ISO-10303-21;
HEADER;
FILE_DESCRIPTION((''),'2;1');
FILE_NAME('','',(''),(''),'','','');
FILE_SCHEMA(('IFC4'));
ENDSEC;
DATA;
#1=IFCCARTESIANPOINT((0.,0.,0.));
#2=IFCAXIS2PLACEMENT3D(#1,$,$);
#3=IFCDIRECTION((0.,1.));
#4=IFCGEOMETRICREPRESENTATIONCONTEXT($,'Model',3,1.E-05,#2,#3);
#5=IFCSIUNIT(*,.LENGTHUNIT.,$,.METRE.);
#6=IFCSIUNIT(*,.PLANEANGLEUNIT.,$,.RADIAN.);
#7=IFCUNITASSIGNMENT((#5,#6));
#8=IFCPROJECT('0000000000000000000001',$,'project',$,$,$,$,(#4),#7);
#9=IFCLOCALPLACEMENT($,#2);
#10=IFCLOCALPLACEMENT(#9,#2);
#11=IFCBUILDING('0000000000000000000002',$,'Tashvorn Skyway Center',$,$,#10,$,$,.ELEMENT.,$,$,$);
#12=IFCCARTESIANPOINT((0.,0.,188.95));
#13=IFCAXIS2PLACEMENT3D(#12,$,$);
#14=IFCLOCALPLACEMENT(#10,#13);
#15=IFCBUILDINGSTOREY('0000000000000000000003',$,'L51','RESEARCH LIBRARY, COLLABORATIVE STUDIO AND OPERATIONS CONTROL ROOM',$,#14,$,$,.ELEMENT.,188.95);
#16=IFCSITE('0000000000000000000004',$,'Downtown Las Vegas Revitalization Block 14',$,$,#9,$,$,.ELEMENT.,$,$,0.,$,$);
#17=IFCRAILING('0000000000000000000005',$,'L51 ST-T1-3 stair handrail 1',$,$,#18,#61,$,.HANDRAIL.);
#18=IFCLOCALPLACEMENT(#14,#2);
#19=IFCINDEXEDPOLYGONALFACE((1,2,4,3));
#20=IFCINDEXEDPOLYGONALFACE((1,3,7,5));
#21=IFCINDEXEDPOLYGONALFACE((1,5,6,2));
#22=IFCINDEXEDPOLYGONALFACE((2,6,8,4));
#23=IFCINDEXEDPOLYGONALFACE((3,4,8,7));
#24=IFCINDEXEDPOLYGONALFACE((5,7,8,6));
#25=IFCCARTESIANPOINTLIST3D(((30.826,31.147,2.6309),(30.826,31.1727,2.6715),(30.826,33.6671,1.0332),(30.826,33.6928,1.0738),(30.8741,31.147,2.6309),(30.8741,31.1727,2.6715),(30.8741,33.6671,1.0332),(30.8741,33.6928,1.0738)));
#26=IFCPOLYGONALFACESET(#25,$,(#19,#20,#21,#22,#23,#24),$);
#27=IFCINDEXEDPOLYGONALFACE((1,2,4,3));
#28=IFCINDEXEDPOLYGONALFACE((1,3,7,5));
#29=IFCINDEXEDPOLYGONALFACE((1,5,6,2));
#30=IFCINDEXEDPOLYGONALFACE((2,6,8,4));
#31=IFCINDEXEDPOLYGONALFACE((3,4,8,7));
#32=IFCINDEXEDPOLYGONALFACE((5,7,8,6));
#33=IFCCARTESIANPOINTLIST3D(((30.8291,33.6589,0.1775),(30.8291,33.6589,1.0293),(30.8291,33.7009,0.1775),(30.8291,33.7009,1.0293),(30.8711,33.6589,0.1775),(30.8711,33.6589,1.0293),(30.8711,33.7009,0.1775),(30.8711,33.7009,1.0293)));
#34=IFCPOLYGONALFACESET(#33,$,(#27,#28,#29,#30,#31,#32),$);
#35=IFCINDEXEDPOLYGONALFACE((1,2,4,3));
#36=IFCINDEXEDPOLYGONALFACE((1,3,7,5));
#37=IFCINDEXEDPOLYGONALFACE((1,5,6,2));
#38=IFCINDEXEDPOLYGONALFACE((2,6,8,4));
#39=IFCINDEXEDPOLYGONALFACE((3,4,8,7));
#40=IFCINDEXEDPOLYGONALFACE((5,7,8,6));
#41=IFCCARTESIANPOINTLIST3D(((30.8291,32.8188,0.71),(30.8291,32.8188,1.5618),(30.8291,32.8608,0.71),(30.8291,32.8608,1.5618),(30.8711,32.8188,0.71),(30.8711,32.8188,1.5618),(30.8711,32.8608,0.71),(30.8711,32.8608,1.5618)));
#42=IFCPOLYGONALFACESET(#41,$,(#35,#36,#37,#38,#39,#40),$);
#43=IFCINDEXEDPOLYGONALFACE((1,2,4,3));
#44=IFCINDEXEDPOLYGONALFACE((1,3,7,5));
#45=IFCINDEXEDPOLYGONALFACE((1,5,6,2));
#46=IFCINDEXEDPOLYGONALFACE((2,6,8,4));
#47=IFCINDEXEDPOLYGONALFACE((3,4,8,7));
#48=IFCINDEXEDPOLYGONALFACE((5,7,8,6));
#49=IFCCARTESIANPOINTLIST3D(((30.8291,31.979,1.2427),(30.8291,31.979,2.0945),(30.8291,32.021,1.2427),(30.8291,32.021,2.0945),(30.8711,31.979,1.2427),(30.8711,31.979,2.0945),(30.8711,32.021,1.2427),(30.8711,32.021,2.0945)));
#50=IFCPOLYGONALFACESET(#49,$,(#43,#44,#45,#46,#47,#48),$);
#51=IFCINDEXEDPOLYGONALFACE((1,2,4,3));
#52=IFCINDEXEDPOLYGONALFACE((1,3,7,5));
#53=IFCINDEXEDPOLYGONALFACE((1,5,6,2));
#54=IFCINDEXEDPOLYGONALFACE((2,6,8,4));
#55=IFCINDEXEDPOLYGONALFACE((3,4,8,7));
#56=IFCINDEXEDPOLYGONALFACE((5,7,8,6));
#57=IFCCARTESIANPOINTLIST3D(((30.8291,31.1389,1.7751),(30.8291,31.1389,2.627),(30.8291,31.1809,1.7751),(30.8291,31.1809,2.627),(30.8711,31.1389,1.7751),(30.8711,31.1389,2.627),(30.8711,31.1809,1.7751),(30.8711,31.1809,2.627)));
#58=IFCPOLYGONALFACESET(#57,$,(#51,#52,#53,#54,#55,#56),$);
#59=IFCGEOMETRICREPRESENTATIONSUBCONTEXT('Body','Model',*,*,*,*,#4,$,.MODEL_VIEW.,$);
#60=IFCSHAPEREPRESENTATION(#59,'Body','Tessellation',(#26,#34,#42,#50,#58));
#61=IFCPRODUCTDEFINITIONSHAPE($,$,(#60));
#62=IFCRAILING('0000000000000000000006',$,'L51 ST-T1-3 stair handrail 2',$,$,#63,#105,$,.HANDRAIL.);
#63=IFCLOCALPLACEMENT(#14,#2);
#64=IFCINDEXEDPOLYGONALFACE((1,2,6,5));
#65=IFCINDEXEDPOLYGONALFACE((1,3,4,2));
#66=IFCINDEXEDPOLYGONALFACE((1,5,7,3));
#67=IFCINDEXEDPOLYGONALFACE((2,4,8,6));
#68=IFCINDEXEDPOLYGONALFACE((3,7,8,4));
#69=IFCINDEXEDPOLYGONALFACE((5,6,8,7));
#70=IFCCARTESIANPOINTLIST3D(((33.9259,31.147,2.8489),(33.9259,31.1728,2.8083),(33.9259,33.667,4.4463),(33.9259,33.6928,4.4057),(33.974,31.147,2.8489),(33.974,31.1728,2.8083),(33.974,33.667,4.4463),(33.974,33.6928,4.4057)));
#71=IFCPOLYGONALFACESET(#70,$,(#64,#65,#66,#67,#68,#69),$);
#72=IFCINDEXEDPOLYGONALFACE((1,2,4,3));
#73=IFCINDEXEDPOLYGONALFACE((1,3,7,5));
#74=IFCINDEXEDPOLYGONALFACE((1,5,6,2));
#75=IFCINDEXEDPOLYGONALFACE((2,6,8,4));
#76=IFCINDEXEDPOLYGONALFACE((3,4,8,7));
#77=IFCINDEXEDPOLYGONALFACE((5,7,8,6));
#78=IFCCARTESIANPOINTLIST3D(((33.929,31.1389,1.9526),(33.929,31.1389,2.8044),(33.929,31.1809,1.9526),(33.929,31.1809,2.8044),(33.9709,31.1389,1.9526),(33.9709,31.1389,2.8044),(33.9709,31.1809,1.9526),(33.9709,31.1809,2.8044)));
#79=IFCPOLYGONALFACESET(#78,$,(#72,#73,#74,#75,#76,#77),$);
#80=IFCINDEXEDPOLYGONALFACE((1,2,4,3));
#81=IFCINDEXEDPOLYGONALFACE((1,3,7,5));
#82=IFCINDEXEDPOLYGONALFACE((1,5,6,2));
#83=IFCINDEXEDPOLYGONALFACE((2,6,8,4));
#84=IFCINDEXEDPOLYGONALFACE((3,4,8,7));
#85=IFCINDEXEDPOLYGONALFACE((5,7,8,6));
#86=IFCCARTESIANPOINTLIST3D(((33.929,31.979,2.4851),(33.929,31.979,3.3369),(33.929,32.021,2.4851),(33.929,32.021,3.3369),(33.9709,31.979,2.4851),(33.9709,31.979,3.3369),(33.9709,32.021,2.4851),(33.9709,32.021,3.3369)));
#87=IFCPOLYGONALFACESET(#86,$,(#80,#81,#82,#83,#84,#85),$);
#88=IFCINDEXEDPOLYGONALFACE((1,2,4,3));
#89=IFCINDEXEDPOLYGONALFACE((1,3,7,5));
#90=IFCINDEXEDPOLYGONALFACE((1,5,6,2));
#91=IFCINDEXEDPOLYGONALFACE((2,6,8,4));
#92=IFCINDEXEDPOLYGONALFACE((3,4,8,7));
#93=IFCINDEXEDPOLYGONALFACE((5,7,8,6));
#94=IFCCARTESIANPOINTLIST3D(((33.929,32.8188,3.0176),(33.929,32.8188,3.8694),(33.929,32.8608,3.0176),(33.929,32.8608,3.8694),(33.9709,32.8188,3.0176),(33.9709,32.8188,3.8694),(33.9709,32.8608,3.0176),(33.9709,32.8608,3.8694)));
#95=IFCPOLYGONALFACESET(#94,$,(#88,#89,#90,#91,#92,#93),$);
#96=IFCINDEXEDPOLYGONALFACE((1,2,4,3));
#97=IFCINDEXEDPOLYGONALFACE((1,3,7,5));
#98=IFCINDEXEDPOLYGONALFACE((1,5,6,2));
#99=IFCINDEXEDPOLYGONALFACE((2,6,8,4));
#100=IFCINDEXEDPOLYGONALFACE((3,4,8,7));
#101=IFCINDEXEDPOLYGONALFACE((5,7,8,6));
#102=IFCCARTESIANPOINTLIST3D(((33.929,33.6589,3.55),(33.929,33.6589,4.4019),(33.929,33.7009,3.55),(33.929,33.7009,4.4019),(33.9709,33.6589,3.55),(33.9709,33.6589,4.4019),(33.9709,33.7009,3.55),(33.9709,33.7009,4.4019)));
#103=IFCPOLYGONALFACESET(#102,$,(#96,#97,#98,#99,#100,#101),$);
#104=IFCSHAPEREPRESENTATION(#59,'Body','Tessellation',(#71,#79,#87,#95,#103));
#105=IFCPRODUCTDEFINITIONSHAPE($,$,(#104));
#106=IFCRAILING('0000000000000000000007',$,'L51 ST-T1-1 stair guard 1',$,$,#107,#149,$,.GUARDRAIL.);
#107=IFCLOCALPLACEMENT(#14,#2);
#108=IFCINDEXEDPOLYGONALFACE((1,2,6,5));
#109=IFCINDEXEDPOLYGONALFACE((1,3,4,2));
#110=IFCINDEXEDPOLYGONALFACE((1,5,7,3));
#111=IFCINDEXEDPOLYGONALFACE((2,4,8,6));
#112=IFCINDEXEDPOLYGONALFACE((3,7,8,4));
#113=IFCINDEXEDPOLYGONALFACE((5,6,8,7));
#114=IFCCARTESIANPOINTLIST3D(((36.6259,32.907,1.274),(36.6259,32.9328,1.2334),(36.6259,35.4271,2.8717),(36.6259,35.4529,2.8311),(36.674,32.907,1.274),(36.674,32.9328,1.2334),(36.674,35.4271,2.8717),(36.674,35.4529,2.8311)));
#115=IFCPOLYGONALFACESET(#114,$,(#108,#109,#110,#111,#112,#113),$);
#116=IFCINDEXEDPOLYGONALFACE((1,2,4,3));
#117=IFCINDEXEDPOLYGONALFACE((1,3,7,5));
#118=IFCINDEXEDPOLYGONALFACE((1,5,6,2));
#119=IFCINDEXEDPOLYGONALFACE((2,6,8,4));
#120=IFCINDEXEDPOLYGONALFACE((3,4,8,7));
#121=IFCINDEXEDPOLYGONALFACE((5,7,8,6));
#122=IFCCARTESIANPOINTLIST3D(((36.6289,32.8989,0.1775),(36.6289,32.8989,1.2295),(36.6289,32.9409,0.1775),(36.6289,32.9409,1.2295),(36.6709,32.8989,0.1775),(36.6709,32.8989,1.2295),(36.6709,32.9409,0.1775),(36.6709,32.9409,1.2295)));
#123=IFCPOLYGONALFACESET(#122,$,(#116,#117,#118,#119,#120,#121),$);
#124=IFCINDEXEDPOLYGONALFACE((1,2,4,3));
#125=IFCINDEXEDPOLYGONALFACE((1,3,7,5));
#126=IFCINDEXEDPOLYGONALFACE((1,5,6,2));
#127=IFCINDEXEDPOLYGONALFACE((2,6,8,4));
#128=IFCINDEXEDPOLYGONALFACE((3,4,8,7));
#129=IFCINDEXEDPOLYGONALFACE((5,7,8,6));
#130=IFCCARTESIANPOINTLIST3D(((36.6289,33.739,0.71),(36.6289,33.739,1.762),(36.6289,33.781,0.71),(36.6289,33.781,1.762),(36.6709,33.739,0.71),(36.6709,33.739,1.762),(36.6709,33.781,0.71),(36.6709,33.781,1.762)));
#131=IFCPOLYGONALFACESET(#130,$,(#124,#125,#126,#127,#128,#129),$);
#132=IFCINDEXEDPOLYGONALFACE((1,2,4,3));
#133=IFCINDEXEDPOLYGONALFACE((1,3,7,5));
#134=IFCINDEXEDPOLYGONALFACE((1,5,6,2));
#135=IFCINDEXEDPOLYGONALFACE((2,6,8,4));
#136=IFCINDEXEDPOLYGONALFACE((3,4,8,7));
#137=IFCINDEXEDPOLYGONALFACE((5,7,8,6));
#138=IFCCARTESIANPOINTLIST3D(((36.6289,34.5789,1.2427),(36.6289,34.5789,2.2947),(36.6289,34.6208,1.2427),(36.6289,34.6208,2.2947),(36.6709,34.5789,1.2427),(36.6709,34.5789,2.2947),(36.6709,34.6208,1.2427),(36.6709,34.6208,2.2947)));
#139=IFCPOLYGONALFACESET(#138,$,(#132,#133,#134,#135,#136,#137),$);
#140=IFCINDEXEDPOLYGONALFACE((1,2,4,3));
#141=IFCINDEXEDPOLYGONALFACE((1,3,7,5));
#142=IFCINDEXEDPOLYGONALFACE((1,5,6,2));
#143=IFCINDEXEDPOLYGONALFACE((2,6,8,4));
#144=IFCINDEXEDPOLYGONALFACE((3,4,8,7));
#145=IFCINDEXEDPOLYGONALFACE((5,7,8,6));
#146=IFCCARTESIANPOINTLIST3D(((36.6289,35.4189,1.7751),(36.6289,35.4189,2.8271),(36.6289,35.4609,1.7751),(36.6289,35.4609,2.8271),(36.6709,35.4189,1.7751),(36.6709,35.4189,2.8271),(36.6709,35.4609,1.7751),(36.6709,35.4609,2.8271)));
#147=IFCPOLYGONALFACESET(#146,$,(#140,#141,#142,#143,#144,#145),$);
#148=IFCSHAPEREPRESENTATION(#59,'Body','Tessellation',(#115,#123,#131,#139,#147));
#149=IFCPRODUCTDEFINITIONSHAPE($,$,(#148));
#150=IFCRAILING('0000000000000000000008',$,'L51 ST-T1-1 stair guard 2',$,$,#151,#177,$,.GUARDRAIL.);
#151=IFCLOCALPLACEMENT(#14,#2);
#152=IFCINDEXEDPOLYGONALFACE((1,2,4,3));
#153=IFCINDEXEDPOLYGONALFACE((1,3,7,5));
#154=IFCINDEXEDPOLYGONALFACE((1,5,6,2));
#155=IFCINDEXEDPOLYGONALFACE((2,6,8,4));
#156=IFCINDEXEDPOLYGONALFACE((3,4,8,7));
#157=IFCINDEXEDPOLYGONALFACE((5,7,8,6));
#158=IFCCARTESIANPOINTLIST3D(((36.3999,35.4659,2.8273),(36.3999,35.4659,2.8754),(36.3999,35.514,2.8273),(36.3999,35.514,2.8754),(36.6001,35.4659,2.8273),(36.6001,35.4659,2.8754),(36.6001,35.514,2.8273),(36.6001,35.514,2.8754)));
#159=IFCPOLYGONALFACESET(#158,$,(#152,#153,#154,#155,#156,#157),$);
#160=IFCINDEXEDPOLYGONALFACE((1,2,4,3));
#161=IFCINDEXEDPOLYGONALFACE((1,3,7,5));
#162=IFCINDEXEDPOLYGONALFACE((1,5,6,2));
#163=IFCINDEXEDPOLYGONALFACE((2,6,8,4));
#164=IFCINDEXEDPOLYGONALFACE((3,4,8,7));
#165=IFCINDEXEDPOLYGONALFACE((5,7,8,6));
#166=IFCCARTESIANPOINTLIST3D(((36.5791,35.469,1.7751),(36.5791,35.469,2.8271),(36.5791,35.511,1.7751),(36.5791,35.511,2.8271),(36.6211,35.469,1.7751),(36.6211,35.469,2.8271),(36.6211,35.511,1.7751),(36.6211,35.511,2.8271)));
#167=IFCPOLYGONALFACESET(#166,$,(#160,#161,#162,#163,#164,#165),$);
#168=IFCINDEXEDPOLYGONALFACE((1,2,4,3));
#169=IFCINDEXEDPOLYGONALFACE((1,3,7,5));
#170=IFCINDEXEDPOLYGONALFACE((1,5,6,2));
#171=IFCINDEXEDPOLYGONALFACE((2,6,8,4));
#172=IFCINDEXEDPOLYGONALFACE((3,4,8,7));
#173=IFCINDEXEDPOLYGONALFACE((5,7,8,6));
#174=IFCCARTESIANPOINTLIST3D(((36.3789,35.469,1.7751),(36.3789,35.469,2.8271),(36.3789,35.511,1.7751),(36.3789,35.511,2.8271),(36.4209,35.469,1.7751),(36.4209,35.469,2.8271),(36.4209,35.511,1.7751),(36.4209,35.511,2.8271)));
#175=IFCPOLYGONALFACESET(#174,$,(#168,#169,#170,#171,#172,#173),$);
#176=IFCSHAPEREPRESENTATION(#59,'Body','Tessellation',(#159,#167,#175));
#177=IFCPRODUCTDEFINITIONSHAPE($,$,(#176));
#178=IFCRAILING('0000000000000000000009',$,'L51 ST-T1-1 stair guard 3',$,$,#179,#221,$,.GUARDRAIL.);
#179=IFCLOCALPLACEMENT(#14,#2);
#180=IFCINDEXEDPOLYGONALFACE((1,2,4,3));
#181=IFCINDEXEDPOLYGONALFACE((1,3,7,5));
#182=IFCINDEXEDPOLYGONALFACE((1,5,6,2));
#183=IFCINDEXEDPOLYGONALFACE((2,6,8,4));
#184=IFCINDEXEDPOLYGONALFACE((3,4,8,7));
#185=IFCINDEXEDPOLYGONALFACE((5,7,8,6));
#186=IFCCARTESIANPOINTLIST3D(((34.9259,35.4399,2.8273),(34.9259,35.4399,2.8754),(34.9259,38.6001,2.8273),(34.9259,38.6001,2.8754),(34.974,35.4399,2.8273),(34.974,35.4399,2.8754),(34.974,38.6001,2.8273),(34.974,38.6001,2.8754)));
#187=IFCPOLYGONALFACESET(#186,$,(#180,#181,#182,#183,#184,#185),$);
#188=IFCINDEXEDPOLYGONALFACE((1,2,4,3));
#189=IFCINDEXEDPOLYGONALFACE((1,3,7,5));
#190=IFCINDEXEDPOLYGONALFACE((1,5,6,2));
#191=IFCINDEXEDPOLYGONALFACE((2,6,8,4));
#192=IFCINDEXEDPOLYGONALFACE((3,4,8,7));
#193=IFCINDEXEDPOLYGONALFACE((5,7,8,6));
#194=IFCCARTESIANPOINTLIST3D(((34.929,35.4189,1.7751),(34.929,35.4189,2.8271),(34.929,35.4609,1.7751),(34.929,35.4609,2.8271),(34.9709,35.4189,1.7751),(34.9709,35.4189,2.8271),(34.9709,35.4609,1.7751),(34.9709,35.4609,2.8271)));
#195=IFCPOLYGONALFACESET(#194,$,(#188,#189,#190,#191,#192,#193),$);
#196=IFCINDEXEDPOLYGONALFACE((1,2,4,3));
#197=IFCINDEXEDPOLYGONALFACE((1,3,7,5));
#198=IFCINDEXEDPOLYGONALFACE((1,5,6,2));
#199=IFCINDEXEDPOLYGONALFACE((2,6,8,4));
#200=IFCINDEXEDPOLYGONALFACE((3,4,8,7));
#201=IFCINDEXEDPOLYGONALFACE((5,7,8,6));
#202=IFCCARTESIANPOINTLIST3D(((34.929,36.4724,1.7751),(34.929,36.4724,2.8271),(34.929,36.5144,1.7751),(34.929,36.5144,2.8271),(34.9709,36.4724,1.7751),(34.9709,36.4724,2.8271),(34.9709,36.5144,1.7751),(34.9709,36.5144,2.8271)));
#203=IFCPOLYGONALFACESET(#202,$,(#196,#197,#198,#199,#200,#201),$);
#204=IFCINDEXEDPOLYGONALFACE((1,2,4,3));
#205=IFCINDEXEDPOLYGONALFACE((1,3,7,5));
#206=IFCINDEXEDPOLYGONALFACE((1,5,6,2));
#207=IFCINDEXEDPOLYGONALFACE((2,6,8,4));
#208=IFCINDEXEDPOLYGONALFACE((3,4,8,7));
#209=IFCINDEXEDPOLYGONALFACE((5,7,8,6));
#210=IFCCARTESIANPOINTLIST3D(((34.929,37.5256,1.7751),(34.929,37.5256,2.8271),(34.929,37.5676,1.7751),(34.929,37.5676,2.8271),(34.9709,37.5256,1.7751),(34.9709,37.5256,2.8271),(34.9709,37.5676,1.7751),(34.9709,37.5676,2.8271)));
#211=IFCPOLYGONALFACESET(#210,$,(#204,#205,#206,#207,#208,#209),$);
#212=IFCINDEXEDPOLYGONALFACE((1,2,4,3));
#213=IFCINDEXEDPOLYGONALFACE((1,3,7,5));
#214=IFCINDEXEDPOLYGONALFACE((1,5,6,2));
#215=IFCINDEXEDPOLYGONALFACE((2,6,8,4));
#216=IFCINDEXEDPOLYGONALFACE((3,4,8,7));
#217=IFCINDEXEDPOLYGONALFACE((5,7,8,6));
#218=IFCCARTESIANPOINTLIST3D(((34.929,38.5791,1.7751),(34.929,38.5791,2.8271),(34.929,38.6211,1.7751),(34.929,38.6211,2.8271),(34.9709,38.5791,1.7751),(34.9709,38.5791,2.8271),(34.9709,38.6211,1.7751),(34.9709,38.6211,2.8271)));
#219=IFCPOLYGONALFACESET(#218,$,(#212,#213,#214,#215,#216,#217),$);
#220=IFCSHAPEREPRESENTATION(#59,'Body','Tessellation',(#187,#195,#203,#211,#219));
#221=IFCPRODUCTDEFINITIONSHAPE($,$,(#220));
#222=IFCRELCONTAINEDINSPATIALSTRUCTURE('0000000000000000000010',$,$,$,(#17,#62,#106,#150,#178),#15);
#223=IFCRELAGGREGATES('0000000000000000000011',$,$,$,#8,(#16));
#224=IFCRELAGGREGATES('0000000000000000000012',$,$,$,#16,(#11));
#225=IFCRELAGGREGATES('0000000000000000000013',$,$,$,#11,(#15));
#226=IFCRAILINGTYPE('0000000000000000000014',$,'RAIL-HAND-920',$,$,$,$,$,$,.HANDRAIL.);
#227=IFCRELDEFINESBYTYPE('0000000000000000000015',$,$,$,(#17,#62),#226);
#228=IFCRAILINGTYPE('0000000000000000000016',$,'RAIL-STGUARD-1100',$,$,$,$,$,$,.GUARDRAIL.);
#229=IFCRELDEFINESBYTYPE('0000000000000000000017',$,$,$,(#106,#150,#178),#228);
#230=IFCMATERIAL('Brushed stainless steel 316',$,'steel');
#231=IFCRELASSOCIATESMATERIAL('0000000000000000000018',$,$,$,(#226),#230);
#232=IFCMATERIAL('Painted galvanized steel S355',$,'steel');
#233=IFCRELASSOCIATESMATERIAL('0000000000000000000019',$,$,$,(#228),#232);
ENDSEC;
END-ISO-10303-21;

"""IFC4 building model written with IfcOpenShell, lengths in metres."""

from ifc_helpers import new_model, si_unit, direction, frame, origin, origin_2d, place, context, subcontext, project, spatial, rectangle, extrude, material, type_object, element, save


model = new_model("IFC4")

# Units and contexts
model_context = context("Model", 3, precision=1e-05, world=origin(), true_north=direction((0.0, 1.0)))
body_context = subcontext(model_context, "Body", "Model", "MODEL_VIEW")
ifc_project = project(units=[si_unit("LENGTHUNIT", "METRE"), si_unit("PLANEANGLEUNIT", "RADIAN")], contexts=[model_context])

# Site, building, storey
site_placement = place(None, origin())
site = spatial("IfcSite", under=ifc_project, at=site_placement, Name="Downtown Las Vegas Revitalization Block 14", CompositionType="ELEMENT", RefElevation=0.0)
building_placement = place(site_placement, origin())
building = spatial("IfcBuilding", under=site, at=building_placement, Name="Tashvorn Skyway Center", CompositionType="ELEMENT")
storey_placement = place(building_placement, frame((0.0, 0.0, 188.95)))
storey = spatial("IfcBuildingStorey", under=building, at=storey_placement, Name="L51", Description="RESEARCH LIBRARY, COLLABORATIVE STUDIO AND OPERATIONS CONTROL ROOM", CompositionType="ELEMENT", Elevation=188.95)

# Railings
ifc_material_1 = material(Name="Brushed stainless steel 316", Category="steel")
railing_type_1 = type_object("IfcRailingType", Name="RAIL-HAND-920", PredefinedType="HANDRAIL", material=ifc_material_1)
railing_1_placement = place(storey_placement, frame((30.8501, 33.6799, 0.1775)))
element("IfcRailing", 1, at=railing_1_placement, inside=storey, type_object=railing_type_1, Name="L51 ST-T1-3 stair handrail 1", PredefinedType="HANDRAIL", context=body_context, shape_type="SweptSolid", body=[
    extrude(rectangle(XDim=0.0481, YDim=0.0481, at=origin_2d()), frame((0.0, 0.0, 0.876), z_axis=(0.0, -0.84457, 0.535445), x_axis=(1.0, 0.0, 0.0)), (0.0, 0.0, 1.0), 2.9839),
    extrude(rectangle(XDim=0.042, YDim=0.042, at=origin_2d()), origin(), (0.0, 0.0, 1.0), 0.8518),
    extrude(rectangle(XDim=0.042, YDim=0.042, at=origin_2d()), frame((0.0, -0.8401, 0.5325)), (0.0, 0.0, 1.0), 0.8518),
    extrude(rectangle(XDim=0.042, YDim=0.042, at=origin_2d()), frame((0.0, -1.6799, 1.0652)), (0.0, 0.0, 1.0), 0.8518),
    extrude(rectangle(XDim=0.042, YDim=0.042, at=origin_2d()), frame((0.0, -2.52, 1.5977)), (0.0, 0.0, 1.0), 0.8518),
])
railing_2_placement = place(storey_placement, frame((33.95, 31.1599, 1.9526)))
element("IfcRailing", 2, at=railing_2_placement, inside=storey, type_object=railing_type_1, Name="L51 ST-T1-3 stair handrail 2", PredefinedType="HANDRAIL", context=body_context, shape_type="SweptSolid", body=[
    extrude(rectangle(XDim=0.0481, YDim=0.0481, at=origin_2d()), frame((0.0, 0.0, 0.876), z_axis=(0.0, 0.844607, 0.535387), x_axis=(-1.0, 0.0, 0.0)), (0.0, 0.0, 1.0), 2.9836),
    extrude(rectangle(XDim=0.042, YDim=0.042, at=origin_2d()), origin(), (0.0, 0.0, 1.0), 0.8518),
    extrude(rectangle(XDim=0.042, YDim=0.042, at=origin_2d()), frame((0.0, 0.8401, 0.5325)), (0.0, 0.0, 1.0), 0.8518),
    extrude(rectangle(XDim=0.042, YDim=0.042, at=origin_2d()), frame((0.0, 1.6799, 1.0649)), (0.0, 0.0, 1.0), 0.8518),
    extrude(rectangle(XDim=0.042, YDim=0.042, at=origin_2d()), frame((0.0, 2.52, 1.5974)), (0.0, 0.0, 1.0), 0.8518),
])
ifc_material_2 = material(Name="Painted galvanized steel S355", Category="steel")
railing_type_2 = type_object("IfcRailingType", Name="RAIL-STGUARD-1100", PredefinedType="GUARDRAIL", material=ifc_material_2)
railing_3_placement = place(storey_placement, frame((36.6499, 32.9199, 0.1775)))
element("IfcRailing", 3, at=railing_3_placement, inside=storey, type_object=railing_type_2, Name="L51 ST-T1-1 stair guard 1", PredefinedType="GUARDRAIL", context=body_context, shape_type="SweptSolid", body=[
    extrude(rectangle(XDim=0.0481, YDim=0.0481, at=origin_2d()), frame((0.0, 0.0, 1.0762), z_axis=(0.0, 0.84457, 0.535445), x_axis=(-1.0, 0.0, 0.0)), (0.0, 0.0, 1.0), 2.9839),
    extrude(rectangle(XDim=0.042, YDim=0.042, at=origin_2d()), origin(), (0.0, 0.0, 1.0), 1.052),
    extrude(rectangle(XDim=0.042, YDim=0.042, at=origin_2d()), frame((0.0, 0.8401, 0.5325)), (0.0, 0.0, 1.0), 1.052),
    extrude(rectangle(XDim=0.042, YDim=0.042, at=origin_2d()), frame((0.0, 1.6799, 1.0652)), (0.0, 0.0, 1.0), 1.052),
    extrude(rectangle(XDim=0.042, YDim=0.042, at=origin_2d()), frame((0.0, 2.52, 1.5977)), (0.0, 0.0, 1.0), 1.052),
])
railing_4_placement = place(storey_placement, frame((36.6001, 35.49, 1.7751)))
element("IfcRailing", 4, at=railing_4_placement, inside=storey, type_object=railing_type_2, Name="L51 ST-T1-1 stair guard 2", PredefinedType="GUARDRAIL", context=body_context, shape_type="SweptSolid", body=[
    extrude(rectangle(XDim=0.0481, YDim=0.0481, at=origin_2d()), frame((0.0, 0.0, 1.0762), z_axis=(-1.0, 0.0, 0.0), x_axis=(0.0, -1.0, 0.0)), (0.0, 0.0, 1.0), 0.2002),
    extrude(rectangle(XDim=0.042, YDim=0.042, at=origin_2d()), origin(), (0.0, 0.0, 1.0), 1.052),
    extrude(rectangle(XDim=0.042, YDim=0.042, at=origin_2d()), frame((-0.2002, 0.0, 0.0)), (0.0, 0.0, 1.0), 1.052),
])
railing_5_placement = place(storey_placement, frame((34.95, 35.4399, 1.7751)))
element("IfcRailing", 5, at=railing_5_placement, inside=storey, type_object=railing_type_2, Name="L51 ST-T1-1 stair guard 3", PredefinedType="GUARDRAIL", context=body_context, shape_type="SweptSolid", body=[
    extrude(rectangle(XDim=0.0481, YDim=0.0481, at=origin_2d()), frame((0.0, 0.0, 1.0762), z_axis=(0.0, 1.0, 0.0), x_axis=(-1.0, 0.0, 0.0)), (0.0, 0.0, 1.0), 3.1602),
    extrude(rectangle(XDim=0.042, YDim=0.042, at=origin_2d()), origin(), (0.0, 0.0, 1.0), 1.052),
    extrude(rectangle(XDim=0.042, YDim=0.042, at=origin_2d()), frame((0.0, 1.0535, 0.0)), (0.0, 0.0, 1.0), 1.052),
    extrude(rectangle(XDim=0.042, YDim=0.042, at=origin_2d()), frame((0.0, 2.1067, 0.0)), (0.0, 0.0, 1.0), 1.052),
    extrude(rectangle(XDim=0.042, YDim=0.042, at=origin_2d()), frame((0.0, 3.1602, 0.0)), (0.0, 0.0, 1.0), 1.052),
])

save(model, "model.ifc")
